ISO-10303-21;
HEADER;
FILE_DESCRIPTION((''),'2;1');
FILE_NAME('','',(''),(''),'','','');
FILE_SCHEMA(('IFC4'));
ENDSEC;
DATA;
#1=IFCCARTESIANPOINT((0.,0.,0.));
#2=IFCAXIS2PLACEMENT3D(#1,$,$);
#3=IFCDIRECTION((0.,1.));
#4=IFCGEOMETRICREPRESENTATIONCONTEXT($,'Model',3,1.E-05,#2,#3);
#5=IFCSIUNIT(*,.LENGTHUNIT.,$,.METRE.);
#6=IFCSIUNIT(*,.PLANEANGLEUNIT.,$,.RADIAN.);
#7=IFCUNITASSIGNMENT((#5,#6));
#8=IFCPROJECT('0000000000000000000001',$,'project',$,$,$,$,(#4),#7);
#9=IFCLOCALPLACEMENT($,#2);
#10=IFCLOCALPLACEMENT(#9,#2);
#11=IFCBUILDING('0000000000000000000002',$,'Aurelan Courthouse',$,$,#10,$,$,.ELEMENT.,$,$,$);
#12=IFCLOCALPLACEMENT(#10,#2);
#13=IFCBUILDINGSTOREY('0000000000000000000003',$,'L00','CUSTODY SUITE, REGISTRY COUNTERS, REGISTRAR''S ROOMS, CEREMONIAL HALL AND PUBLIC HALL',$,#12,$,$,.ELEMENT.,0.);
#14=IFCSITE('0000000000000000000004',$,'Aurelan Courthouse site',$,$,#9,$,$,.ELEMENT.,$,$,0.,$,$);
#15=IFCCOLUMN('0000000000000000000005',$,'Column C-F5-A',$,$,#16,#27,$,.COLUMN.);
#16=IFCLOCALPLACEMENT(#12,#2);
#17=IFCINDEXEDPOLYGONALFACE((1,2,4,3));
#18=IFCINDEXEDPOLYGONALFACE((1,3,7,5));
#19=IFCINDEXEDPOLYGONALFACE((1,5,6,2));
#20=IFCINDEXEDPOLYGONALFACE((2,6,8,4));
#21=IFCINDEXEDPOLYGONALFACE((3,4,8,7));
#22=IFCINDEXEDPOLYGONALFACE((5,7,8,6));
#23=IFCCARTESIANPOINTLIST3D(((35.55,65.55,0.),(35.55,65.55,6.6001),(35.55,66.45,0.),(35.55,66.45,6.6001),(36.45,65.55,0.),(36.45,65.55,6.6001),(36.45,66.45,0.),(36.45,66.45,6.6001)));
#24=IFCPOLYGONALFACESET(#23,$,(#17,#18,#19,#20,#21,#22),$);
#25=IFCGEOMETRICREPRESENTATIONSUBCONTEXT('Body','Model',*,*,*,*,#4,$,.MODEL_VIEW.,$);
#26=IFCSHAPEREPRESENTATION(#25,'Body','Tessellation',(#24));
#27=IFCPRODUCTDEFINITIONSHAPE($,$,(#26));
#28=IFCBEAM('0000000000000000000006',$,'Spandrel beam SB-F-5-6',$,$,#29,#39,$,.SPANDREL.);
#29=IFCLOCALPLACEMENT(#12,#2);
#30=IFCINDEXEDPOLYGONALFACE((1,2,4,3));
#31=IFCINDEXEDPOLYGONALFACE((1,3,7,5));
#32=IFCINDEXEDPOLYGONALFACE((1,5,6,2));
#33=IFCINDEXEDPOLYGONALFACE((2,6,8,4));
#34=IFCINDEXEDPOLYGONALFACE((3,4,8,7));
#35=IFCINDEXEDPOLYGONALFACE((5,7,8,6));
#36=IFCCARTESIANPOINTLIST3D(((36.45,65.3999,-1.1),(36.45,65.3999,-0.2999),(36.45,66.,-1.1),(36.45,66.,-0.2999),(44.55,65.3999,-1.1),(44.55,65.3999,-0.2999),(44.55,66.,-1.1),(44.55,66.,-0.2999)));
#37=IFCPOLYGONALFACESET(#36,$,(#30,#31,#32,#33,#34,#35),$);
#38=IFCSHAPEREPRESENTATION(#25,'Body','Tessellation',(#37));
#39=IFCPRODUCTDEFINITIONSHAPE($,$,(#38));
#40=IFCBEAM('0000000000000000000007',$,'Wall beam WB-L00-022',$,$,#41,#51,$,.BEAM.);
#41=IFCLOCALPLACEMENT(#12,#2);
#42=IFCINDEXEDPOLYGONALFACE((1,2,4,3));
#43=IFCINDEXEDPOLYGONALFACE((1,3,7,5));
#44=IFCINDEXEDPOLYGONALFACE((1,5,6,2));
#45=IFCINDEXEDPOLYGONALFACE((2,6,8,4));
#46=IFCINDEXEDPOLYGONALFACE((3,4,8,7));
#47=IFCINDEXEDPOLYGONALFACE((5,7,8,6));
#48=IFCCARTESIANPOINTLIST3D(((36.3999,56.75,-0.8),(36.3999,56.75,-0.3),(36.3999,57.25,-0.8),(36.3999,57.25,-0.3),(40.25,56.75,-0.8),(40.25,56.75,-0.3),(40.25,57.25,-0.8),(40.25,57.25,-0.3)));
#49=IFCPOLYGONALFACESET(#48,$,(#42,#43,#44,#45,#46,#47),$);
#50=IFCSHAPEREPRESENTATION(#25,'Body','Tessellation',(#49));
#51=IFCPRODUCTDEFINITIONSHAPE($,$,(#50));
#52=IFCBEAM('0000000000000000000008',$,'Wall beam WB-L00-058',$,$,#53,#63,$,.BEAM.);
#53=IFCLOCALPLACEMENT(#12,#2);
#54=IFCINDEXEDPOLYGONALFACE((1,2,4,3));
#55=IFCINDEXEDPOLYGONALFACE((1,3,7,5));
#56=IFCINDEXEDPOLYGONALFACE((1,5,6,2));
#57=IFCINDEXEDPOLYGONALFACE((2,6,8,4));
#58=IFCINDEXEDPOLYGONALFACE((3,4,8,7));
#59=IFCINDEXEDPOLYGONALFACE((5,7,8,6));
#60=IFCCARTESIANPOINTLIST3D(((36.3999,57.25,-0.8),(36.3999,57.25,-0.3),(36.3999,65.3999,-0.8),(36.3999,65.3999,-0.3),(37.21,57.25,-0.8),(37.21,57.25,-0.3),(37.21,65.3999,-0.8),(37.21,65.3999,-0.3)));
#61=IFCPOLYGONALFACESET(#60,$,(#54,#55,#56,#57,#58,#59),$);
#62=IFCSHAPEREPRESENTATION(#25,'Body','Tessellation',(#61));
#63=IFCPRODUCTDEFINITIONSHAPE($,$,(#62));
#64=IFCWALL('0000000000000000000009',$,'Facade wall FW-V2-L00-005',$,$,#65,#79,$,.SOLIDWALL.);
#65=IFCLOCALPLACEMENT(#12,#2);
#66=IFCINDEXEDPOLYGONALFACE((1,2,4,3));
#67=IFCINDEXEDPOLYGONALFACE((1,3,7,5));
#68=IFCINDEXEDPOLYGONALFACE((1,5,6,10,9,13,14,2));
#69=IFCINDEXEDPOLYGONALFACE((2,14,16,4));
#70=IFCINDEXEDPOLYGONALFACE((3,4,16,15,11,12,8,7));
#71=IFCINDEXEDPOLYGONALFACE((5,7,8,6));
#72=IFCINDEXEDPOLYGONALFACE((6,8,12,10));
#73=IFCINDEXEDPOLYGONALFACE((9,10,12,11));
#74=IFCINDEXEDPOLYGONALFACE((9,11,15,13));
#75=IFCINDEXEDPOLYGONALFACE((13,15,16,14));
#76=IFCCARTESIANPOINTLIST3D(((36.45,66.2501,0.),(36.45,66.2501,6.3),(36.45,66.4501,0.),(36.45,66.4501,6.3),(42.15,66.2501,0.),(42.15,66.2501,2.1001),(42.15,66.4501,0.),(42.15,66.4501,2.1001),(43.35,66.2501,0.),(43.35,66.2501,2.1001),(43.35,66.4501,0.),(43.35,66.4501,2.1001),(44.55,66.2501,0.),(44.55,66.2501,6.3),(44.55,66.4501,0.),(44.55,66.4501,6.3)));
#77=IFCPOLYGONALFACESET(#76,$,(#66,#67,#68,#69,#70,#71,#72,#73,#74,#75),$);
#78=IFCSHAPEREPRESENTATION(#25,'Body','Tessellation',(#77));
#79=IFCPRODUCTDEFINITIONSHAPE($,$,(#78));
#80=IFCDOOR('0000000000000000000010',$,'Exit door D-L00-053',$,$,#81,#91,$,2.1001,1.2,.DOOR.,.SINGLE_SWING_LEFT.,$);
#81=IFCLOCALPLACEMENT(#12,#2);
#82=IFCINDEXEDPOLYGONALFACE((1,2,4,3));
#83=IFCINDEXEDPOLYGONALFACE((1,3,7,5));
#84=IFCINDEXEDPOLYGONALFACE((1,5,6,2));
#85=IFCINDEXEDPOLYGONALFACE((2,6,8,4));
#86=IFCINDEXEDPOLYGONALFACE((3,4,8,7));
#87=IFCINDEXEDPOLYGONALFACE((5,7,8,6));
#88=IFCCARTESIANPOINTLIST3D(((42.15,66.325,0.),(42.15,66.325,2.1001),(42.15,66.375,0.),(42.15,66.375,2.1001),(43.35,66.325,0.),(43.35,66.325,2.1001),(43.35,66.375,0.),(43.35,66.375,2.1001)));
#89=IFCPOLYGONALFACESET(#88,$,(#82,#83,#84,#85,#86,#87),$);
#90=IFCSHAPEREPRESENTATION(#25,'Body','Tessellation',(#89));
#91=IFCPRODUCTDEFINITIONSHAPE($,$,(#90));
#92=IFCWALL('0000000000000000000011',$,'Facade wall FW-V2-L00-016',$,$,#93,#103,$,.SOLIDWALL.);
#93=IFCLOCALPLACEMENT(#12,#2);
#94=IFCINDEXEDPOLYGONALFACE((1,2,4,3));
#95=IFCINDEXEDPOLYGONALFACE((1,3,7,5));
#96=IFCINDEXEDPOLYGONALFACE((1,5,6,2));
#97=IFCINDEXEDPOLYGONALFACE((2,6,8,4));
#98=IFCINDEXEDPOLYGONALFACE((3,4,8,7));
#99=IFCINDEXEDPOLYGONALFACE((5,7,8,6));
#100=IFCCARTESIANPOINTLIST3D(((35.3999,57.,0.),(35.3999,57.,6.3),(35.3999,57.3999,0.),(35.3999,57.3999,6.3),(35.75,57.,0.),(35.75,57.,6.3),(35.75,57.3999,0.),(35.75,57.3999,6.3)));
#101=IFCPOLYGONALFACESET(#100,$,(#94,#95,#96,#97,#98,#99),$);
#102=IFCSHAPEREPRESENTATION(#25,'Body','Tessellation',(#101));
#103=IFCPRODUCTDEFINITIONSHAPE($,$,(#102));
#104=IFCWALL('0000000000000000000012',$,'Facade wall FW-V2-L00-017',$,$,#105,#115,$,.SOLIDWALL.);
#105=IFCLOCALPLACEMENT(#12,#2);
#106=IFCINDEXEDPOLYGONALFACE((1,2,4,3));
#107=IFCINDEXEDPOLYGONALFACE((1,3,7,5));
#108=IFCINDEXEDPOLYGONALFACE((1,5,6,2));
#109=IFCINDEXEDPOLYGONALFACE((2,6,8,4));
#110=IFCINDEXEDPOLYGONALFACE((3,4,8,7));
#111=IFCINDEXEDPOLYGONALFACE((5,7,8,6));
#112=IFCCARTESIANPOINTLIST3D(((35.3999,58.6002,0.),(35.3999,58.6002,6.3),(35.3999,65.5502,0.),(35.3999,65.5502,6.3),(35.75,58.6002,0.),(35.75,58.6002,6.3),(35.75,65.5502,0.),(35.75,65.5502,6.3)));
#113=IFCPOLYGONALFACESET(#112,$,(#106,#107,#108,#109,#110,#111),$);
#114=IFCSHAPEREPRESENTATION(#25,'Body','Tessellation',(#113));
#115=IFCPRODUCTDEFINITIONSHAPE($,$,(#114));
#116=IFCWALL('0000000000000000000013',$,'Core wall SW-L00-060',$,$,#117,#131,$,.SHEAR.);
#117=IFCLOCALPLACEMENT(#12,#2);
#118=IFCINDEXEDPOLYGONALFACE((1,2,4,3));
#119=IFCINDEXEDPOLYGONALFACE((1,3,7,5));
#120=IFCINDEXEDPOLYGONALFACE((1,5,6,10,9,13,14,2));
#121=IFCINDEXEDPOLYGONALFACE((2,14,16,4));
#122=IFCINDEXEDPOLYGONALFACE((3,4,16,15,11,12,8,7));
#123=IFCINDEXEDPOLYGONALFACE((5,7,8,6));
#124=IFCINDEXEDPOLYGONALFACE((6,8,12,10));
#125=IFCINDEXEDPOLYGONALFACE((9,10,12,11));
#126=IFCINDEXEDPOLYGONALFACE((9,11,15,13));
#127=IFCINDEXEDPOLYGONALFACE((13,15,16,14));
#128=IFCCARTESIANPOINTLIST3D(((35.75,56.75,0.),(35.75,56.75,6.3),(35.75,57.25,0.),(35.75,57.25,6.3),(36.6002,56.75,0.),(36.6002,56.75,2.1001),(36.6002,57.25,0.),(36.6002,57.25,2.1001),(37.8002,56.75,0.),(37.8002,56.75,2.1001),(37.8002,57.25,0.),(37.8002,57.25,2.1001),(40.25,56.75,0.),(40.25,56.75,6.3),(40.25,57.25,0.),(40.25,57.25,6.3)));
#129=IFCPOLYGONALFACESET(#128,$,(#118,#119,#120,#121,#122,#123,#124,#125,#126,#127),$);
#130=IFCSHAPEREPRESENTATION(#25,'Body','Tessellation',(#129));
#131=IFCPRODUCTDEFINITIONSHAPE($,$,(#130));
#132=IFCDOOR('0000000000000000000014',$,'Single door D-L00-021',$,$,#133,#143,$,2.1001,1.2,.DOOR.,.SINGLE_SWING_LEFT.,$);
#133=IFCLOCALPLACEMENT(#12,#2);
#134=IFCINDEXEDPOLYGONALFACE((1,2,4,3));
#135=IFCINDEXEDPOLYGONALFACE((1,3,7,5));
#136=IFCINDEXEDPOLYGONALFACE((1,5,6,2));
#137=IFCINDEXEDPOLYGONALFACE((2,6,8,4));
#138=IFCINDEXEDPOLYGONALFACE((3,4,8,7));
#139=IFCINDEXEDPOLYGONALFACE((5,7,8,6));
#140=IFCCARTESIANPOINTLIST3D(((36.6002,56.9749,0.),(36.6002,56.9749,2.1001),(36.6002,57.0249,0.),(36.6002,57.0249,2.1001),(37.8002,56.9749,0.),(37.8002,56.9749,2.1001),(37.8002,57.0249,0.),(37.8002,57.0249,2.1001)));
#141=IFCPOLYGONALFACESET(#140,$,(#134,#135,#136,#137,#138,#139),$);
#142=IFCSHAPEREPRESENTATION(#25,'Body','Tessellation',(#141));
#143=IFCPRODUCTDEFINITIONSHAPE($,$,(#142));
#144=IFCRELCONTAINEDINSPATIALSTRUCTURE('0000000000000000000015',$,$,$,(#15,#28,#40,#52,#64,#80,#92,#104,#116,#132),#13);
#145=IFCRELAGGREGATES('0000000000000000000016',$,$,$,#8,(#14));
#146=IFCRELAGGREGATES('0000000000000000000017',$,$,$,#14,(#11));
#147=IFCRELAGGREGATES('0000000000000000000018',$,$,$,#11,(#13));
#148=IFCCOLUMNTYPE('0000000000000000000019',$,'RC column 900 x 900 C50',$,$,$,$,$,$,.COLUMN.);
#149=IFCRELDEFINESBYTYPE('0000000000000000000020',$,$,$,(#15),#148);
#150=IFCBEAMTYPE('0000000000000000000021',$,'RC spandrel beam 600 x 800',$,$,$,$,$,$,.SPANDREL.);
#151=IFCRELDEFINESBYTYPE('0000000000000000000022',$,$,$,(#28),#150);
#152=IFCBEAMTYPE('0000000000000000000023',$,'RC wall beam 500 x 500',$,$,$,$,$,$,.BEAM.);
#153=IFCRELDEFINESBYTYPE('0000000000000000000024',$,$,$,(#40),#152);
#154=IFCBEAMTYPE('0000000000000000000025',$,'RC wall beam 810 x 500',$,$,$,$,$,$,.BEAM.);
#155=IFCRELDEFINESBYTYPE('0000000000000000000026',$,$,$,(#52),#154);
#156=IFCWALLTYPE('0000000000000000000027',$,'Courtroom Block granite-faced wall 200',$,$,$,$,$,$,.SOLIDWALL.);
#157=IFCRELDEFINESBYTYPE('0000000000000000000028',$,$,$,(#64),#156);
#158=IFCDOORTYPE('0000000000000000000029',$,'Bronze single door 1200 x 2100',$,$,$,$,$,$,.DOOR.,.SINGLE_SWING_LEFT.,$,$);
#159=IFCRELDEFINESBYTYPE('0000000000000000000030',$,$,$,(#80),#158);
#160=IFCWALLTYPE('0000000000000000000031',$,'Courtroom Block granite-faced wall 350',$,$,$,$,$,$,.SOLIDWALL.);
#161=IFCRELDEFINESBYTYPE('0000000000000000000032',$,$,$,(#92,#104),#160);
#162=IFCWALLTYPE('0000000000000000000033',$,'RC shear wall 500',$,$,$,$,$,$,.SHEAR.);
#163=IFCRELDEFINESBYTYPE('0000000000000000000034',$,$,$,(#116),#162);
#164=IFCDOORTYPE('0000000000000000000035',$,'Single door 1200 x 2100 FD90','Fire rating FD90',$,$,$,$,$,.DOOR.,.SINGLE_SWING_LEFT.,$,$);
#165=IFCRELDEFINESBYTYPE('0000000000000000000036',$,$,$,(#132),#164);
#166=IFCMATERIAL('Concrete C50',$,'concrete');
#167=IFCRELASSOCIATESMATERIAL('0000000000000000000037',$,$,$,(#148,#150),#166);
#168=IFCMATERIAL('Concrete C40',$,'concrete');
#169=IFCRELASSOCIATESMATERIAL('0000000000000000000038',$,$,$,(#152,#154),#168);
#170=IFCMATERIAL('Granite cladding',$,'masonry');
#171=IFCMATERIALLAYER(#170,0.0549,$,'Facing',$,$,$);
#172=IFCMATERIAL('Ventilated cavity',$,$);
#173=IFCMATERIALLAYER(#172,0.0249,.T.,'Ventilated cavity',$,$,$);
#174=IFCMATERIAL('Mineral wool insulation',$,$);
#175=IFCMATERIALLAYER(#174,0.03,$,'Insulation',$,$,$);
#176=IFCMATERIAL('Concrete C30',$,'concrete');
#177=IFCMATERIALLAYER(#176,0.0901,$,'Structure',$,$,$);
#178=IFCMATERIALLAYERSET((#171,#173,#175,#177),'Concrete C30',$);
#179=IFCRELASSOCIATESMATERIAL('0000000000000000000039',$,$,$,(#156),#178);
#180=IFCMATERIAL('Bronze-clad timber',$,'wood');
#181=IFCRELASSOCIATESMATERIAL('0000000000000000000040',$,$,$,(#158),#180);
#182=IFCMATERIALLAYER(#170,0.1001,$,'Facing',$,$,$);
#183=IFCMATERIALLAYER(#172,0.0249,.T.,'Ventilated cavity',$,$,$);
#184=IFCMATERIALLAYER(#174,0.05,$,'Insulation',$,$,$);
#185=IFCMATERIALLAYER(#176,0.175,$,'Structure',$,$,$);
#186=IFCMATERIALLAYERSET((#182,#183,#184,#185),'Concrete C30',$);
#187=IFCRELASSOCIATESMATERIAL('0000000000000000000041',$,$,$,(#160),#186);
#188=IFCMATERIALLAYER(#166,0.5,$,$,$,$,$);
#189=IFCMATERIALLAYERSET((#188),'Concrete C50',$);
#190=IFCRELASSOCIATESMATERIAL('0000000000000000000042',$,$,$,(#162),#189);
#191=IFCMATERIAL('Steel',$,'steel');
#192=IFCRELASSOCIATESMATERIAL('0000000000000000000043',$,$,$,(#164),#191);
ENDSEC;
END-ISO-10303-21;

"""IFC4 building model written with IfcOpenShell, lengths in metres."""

from ifc_helpers import new_model, si_unit, direction, frame, frame_2d, origin, origin_2d, place, context, subcontext, project, spatial, rectangle, extrude, material, layer, layer_set, material_profile, profile_set, type_object, element, fill, save


model = new_model("IFC4")

# Units and contexts
model_context = context("Model", 3, precision=1e-05, world=origin(), true_north=direction((0.0, 1.0)))
body_context = subcontext(model_context, "Body", "Model", "MODEL_VIEW")
ifc_project = project(units=[si_unit("LENGTHUNIT", "METRE"), si_unit("PLANEANGLEUNIT", "RADIAN")], contexts=[model_context])

# Site, building, storey
site_placement = place(None, origin())
site = spatial("IfcSite", under=ifc_project, at=site_placement, Name="Aurelan Courthouse site", CompositionType="ELEMENT", RefElevation=0.0)
building_placement = place(site_placement, origin())
building = spatial("IfcBuilding", under=site, at=building_placement, Name="Aurelan Courthouse", CompositionType="ELEMENT")
storey_placement = place(building_placement, origin())
storey = spatial("IfcBuildingStorey", under=building, at=storey_placement, Name="L00", Description="CUSTODY SUITE, REGISTRY COUNTERS, REGISTRAR'S ROOMS, CEREMONIAL HALL AND PUBLIC HALL", CompositionType="ELEMENT", Elevation=0.0)

# Column
ifc_material_1 = material(Name="Concrete C50", Category="concrete")
ifc_material_profile_1 = material_profile(ifc_material_1, rectangle(XDim=0.8999, YDim=0.8999, at=origin_2d()), Name="RC 900 x 900")
ifc_profile_set_1 = profile_set([ifc_material_profile_1], Name="Concrete C50")
column_type = type_object("IfcColumnType", Name="RC column 900 x 900 C50", PredefinedType="COLUMN", material=ifc_profile_set_1)
column_placement = place(storey_placement, frame((36.0, 66.0, 0.0), z_axis=(0.0, 0.0, 1.0), x_axis=(1.0, 0.0, 0.0)))
element("IfcColumn", 1, at=column_placement, inside=storey, type_object=column_type, Name="Column C-F5-A", PredefinedType="COLUMN", context=body_context, shape_type="SweptSolid", body=[
    extrude(rectangle(XDim=0.8999, YDim=0.8999, at=origin_2d()), origin(), (0.0, 0.0, 1.0), 6.6001),
])

# Beams
ifc_material_profile_2 = material_profile(ifc_material_1, rectangle(XDim=0.6001, YDim=0.8, at=origin_2d()), Name="RC 600 x 800")
ifc_profile_set_2 = profile_set([ifc_material_profile_2], Name="Concrete C50")
beam_type_1 = type_object("IfcBeamType", Name="RC spandrel beam 600 x 800", PredefinedType="SPANDREL", material=ifc_profile_set_2)
beam_1_placement = place(storey_placement, frame((36.45, 65.7, -0.7), z_axis=(1.0, 0.0, 0.0), x_axis=(0.0, 1.0, 0.0)))
element("IfcBeam", 2, at=beam_1_placement, inside=storey, type_object=beam_type_1, Name="Spandrel beam SB-F-5-6", PredefinedType="SPANDREL", context=body_context, shape_type="SweptSolid", body=[
    extrude(rectangle(XDim=0.6001, YDim=0.8, at=origin_2d()), origin(), (0.0, 0.0, 1.0), 8.1001),
])
ifc_material_2 = material(Name="Concrete C40", Category="concrete")
ifc_material_profile_3 = material_profile(ifc_material_2, rectangle(XDim=0.5, YDim=0.5, at=origin_2d()), Name="RC 500 x 500")
ifc_profile_set_3 = profile_set([ifc_material_profile_3], Name="Concrete C40")
beam_type_2 = type_object("IfcBeamType", Name="RC wall beam 500 x 500", PredefinedType="BEAM", material=ifc_profile_set_3)
beam_2_placement = place(storey_placement, frame((36.3999, 57.0, -0.55), z_axis=(1.0, 0.0, 0.0), x_axis=(0.0, 1.0, 0.0)))
element("IfcBeam", 3, at=beam_2_placement, inside=storey, type_object=beam_type_2, Name="Wall beam WB-L00-022", PredefinedType="BEAM", context=body_context, shape_type="SweptSolid", body=[
    extrude(rectangle(XDim=0.5, YDim=0.5, at=origin_2d()), origin(), (0.0, 0.0, 1.0), 3.8501),
])
ifc_material_profile_4 = material_profile(ifc_material_2, rectangle(XDim=0.8101, YDim=0.5, at=origin_2d()), Name="RC 810 x 500")
ifc_profile_set_4 = profile_set([ifc_material_profile_4], Name="Concrete C40")
beam_type_3 = type_object("IfcBeamType", Name="RC wall beam 810 x 500", PredefinedType="BEAM", material=ifc_profile_set_4)
beam_3_placement = place(storey_placement, frame((36.8049, 57.25, -0.55), z_axis=(0.0, 1.0, 0.0), x_axis=(-1.0, 0.0, 0.0)))
element("IfcBeam", 4, at=beam_3_placement, inside=storey, type_object=beam_type_3, Name="Wall beam WB-L00-058", PredefinedType="BEAM", context=body_context, shape_type="SweptSolid", body=[
    extrude(rectangle(XDim=0.8101, YDim=0.5, at=origin_2d()), origin(), (0.0, 0.0, 1.0), 8.1499),
])

# Wall, opening, door
ifc_material_3 = material(Name="Granite cladding", Category="masonry")
ifc_layer_1 = layer(ifc_material_3, 0.0549, Name="Facing")
ifc_material_4 = material(Name="Ventilated cavity")
ifc_layer_2 = layer(ifc_material_4, 0.0249, ventilated=True, Name="Ventilated cavity")
ifc_material_5 = material(Name="Mineral wool insulation")
ifc_layer_3 = layer(ifc_material_5, 0.03, Name="Insulation")
ifc_material_6 = material(Name="Concrete C30", Category="concrete")
ifc_layer_4 = layer(ifc_material_6, 0.0901, Name="Structure")
ifc_layer_set_1 = layer_set([ifc_layer_1, ifc_layer_2, ifc_layer_3, ifc_layer_4], Name="Concrete C30")
wall_type_1 = type_object("IfcWallType", Name="Courtroom Block granite-faced wall 200", PredefinedType="SOLIDWALL", material=ifc_layer_set_1)
wall_1_placement = place(storey_placement, frame((36.45, 66.3501, 0.0), z_axis=(0.0, 0.0, 1.0), x_axis=(1.0, 0.0, 0.0)))
wall_1 = element("IfcWall", 5, at=wall_1_placement, inside=storey, type_object=wall_type_1, Name="Facade wall FW-V2-L00-005", PredefinedType="SOLIDWALL", context=body_context, shape_type="SweptSolid", body=[
    extrude(rectangle(XDim=8.1001, YDim=0.2, at=frame_2d((4.05, 0.0))), origin(), (0.0, 0.0, 1.0), 6.3),
])
opening_1_placement = place(wall_1_placement, frame((5.7, 0.0, 0.0)))
opening_1 = element("IfcOpeningElement", 6, at=opening_1_placement, cuts=wall_1, PredefinedType="OPENING", context=body_context, shape_type="SweptSolid", body=[
    extrude(rectangle(XDim=1.2, YDim=2.1001, at=frame_2d((0.6001, 1.05))), frame((0.0, 0.1099, 0.0), z_axis=(0.0, -1.0, 0.0), x_axis=(1.0, 0.0, 0.0)), (0.0, 0.0, 1.0), 0.22),
])
ifc_material_7 = material(Name="Bronze-clad timber", Category="wood")
door_type_1 = type_object("IfcDoorType", Name="Bronze single door 1200 x 2100", OperationType="SINGLE_SWING_LEFT", PredefinedType="DOOR", material=ifc_material_7)
door_1_placement = place(opening_1_placement, origin())
door_1 = element("IfcDoor", 7, at=door_1_placement, inside=storey, type_object=door_type_1, Name="Exit door D-L00-053", OperationType="SINGLE_SWING_LEFT", OverallHeight=2.1001, OverallWidth=1.2, PredefinedType="DOOR", context=body_context, shape_type="SweptSolid", body=[
    extrude(rectangle(XDim=1.2, YDim=2.1001, at=frame_2d((0.6001, 1.05))), frame((0.0, 0.0249, 0.0), z_axis=(0.0, -1.0, 0.0), x_axis=(1.0, 0.0, 0.0)), (0.0, 0.0, 1.0), 0.05),
])
fill(opening_1, door_1)

# Walls
ifc_layer_5 = layer(ifc_material_3, 0.1001, Name="Facing")
ifc_layer_6 = layer(ifc_material_4, 0.0249, ventilated=True, Name="Ventilated cavity")
ifc_layer_7 = layer(ifc_material_5, 0.05, Name="Insulation")
ifc_layer_8 = layer(ifc_material_6, 0.175, Name="Structure")
ifc_layer_set_2 = layer_set([ifc_layer_5, ifc_layer_6, ifc_layer_7, ifc_layer_8], Name="Concrete C30")
wall_type_2 = type_object("IfcWallType", Name="Courtroom Block granite-faced wall 350", PredefinedType="SOLIDWALL", material=ifc_layer_set_2)
wall_2_placement = place(storey_placement, frame((35.575, 57.0, 0.0), z_axis=(0.0, 0.0, 1.0), x_axis=(0.0, 1.0, 0.0)))
element("IfcWall", 8, at=wall_2_placement, inside=storey, type_object=wall_type_2, Name="Facade wall FW-V2-L00-016", PredefinedType="SOLIDWALL", context=body_context, shape_type="SweptSolid", body=[
    extrude(rectangle(XDim=0.3999, YDim=0.3501, at=frame_2d((0.2, 0.0))), origin(), (0.0, 0.0, 1.0), 6.3),
])
wall_3_placement = place(storey_placement, frame((35.575, 58.6001, 0.0), z_axis=(0.0, 0.0, 1.0), x_axis=(0.0, 1.0, 0.0)))
element("IfcWall", 9, at=wall_3_placement, inside=storey, type_object=wall_type_2, Name="Facade wall FW-V2-L00-017", PredefinedType="SOLIDWALL", context=body_context, shape_type="SweptSolid", body=[
    extrude(rectangle(XDim=6.95, YDim=0.3501, at=frame_2d((3.4751, 0.0))), origin(), (0.0, 0.0, 1.0), 6.3),
])

# Wall, opening, door
ifc_layer_9 = layer(ifc_material_1, 0.5)
ifc_layer_set_3 = layer_set([ifc_layer_9], Name="Concrete C50")
wall_type_3 = type_object("IfcWallType", Name="RC shear wall 500", PredefinedType="SHEAR", material=ifc_layer_set_3)
wall_4_placement = place(storey_placement, frame((35.75, 57.0, 0.0), z_axis=(0.0, 0.0, 1.0), x_axis=(1.0, 0.0, 0.0)))
wall_4 = element("IfcWall", 10, at=wall_4_placement, inside=storey, type_object=wall_type_3, Name="Core wall SW-L00-060", PredefinedType="SHEAR", context=body_context, shape_type="SweptSolid", body=[
    extrude(rectangle(XDim=4.5, YDim=0.5, at=frame_2d((2.25, 0.0))), origin(), (0.0, 0.0, 1.0), 6.3),
])
opening_2_placement = place(wall_4_placement, frame((0.8501, 0.0, 0.0)))
opening_2 = element("IfcOpeningElement", 11, at=opening_2_placement, cuts=wall_4, PredefinedType="OPENING", context=body_context, shape_type="SweptSolid", body=[
    extrude(rectangle(XDim=1.2, YDim=2.1001, at=frame_2d((0.6001, 1.05))), frame((0.0, 0.26, 0.0), z_axis=(0.0, -1.0, 0.0), x_axis=(1.0, 0.0, 0.0)), (0.0, 0.0, 1.0), 0.52),
])
ifc_material_8 = material(Name="Steel", Category="steel")
door_type_2 = type_object("IfcDoorType", Name="Single door 1200 x 2100 FD90", Description="Fire rating FD90", OperationType="SINGLE_SWING_LEFT", PredefinedType="DOOR", material=ifc_material_8)
door_2_placement = place(opening_2_placement, origin())
door_2 = element("IfcDoor", 12, at=door_2_placement, inside=storey, type_object=door_type_2, Name="Single door D-L00-021", OperationType="SINGLE_SWING_LEFT", OverallHeight=2.1001, OverallWidth=1.2, PredefinedType="DOOR", context=body_context, shape_type="SweptSolid", body=[
    extrude(rectangle(XDim=1.2, YDim=2.1001, at=frame_2d((0.6001, 1.05))), frame((0.0, 0.0249, 0.0), z_axis=(0.0, -1.0, 0.0), x_axis=(1.0, 0.0, 0.0)), (0.0, 0.0, 1.0), 0.05),
])
fill(opening_2, door_2)

save(model, "model.ifc")
